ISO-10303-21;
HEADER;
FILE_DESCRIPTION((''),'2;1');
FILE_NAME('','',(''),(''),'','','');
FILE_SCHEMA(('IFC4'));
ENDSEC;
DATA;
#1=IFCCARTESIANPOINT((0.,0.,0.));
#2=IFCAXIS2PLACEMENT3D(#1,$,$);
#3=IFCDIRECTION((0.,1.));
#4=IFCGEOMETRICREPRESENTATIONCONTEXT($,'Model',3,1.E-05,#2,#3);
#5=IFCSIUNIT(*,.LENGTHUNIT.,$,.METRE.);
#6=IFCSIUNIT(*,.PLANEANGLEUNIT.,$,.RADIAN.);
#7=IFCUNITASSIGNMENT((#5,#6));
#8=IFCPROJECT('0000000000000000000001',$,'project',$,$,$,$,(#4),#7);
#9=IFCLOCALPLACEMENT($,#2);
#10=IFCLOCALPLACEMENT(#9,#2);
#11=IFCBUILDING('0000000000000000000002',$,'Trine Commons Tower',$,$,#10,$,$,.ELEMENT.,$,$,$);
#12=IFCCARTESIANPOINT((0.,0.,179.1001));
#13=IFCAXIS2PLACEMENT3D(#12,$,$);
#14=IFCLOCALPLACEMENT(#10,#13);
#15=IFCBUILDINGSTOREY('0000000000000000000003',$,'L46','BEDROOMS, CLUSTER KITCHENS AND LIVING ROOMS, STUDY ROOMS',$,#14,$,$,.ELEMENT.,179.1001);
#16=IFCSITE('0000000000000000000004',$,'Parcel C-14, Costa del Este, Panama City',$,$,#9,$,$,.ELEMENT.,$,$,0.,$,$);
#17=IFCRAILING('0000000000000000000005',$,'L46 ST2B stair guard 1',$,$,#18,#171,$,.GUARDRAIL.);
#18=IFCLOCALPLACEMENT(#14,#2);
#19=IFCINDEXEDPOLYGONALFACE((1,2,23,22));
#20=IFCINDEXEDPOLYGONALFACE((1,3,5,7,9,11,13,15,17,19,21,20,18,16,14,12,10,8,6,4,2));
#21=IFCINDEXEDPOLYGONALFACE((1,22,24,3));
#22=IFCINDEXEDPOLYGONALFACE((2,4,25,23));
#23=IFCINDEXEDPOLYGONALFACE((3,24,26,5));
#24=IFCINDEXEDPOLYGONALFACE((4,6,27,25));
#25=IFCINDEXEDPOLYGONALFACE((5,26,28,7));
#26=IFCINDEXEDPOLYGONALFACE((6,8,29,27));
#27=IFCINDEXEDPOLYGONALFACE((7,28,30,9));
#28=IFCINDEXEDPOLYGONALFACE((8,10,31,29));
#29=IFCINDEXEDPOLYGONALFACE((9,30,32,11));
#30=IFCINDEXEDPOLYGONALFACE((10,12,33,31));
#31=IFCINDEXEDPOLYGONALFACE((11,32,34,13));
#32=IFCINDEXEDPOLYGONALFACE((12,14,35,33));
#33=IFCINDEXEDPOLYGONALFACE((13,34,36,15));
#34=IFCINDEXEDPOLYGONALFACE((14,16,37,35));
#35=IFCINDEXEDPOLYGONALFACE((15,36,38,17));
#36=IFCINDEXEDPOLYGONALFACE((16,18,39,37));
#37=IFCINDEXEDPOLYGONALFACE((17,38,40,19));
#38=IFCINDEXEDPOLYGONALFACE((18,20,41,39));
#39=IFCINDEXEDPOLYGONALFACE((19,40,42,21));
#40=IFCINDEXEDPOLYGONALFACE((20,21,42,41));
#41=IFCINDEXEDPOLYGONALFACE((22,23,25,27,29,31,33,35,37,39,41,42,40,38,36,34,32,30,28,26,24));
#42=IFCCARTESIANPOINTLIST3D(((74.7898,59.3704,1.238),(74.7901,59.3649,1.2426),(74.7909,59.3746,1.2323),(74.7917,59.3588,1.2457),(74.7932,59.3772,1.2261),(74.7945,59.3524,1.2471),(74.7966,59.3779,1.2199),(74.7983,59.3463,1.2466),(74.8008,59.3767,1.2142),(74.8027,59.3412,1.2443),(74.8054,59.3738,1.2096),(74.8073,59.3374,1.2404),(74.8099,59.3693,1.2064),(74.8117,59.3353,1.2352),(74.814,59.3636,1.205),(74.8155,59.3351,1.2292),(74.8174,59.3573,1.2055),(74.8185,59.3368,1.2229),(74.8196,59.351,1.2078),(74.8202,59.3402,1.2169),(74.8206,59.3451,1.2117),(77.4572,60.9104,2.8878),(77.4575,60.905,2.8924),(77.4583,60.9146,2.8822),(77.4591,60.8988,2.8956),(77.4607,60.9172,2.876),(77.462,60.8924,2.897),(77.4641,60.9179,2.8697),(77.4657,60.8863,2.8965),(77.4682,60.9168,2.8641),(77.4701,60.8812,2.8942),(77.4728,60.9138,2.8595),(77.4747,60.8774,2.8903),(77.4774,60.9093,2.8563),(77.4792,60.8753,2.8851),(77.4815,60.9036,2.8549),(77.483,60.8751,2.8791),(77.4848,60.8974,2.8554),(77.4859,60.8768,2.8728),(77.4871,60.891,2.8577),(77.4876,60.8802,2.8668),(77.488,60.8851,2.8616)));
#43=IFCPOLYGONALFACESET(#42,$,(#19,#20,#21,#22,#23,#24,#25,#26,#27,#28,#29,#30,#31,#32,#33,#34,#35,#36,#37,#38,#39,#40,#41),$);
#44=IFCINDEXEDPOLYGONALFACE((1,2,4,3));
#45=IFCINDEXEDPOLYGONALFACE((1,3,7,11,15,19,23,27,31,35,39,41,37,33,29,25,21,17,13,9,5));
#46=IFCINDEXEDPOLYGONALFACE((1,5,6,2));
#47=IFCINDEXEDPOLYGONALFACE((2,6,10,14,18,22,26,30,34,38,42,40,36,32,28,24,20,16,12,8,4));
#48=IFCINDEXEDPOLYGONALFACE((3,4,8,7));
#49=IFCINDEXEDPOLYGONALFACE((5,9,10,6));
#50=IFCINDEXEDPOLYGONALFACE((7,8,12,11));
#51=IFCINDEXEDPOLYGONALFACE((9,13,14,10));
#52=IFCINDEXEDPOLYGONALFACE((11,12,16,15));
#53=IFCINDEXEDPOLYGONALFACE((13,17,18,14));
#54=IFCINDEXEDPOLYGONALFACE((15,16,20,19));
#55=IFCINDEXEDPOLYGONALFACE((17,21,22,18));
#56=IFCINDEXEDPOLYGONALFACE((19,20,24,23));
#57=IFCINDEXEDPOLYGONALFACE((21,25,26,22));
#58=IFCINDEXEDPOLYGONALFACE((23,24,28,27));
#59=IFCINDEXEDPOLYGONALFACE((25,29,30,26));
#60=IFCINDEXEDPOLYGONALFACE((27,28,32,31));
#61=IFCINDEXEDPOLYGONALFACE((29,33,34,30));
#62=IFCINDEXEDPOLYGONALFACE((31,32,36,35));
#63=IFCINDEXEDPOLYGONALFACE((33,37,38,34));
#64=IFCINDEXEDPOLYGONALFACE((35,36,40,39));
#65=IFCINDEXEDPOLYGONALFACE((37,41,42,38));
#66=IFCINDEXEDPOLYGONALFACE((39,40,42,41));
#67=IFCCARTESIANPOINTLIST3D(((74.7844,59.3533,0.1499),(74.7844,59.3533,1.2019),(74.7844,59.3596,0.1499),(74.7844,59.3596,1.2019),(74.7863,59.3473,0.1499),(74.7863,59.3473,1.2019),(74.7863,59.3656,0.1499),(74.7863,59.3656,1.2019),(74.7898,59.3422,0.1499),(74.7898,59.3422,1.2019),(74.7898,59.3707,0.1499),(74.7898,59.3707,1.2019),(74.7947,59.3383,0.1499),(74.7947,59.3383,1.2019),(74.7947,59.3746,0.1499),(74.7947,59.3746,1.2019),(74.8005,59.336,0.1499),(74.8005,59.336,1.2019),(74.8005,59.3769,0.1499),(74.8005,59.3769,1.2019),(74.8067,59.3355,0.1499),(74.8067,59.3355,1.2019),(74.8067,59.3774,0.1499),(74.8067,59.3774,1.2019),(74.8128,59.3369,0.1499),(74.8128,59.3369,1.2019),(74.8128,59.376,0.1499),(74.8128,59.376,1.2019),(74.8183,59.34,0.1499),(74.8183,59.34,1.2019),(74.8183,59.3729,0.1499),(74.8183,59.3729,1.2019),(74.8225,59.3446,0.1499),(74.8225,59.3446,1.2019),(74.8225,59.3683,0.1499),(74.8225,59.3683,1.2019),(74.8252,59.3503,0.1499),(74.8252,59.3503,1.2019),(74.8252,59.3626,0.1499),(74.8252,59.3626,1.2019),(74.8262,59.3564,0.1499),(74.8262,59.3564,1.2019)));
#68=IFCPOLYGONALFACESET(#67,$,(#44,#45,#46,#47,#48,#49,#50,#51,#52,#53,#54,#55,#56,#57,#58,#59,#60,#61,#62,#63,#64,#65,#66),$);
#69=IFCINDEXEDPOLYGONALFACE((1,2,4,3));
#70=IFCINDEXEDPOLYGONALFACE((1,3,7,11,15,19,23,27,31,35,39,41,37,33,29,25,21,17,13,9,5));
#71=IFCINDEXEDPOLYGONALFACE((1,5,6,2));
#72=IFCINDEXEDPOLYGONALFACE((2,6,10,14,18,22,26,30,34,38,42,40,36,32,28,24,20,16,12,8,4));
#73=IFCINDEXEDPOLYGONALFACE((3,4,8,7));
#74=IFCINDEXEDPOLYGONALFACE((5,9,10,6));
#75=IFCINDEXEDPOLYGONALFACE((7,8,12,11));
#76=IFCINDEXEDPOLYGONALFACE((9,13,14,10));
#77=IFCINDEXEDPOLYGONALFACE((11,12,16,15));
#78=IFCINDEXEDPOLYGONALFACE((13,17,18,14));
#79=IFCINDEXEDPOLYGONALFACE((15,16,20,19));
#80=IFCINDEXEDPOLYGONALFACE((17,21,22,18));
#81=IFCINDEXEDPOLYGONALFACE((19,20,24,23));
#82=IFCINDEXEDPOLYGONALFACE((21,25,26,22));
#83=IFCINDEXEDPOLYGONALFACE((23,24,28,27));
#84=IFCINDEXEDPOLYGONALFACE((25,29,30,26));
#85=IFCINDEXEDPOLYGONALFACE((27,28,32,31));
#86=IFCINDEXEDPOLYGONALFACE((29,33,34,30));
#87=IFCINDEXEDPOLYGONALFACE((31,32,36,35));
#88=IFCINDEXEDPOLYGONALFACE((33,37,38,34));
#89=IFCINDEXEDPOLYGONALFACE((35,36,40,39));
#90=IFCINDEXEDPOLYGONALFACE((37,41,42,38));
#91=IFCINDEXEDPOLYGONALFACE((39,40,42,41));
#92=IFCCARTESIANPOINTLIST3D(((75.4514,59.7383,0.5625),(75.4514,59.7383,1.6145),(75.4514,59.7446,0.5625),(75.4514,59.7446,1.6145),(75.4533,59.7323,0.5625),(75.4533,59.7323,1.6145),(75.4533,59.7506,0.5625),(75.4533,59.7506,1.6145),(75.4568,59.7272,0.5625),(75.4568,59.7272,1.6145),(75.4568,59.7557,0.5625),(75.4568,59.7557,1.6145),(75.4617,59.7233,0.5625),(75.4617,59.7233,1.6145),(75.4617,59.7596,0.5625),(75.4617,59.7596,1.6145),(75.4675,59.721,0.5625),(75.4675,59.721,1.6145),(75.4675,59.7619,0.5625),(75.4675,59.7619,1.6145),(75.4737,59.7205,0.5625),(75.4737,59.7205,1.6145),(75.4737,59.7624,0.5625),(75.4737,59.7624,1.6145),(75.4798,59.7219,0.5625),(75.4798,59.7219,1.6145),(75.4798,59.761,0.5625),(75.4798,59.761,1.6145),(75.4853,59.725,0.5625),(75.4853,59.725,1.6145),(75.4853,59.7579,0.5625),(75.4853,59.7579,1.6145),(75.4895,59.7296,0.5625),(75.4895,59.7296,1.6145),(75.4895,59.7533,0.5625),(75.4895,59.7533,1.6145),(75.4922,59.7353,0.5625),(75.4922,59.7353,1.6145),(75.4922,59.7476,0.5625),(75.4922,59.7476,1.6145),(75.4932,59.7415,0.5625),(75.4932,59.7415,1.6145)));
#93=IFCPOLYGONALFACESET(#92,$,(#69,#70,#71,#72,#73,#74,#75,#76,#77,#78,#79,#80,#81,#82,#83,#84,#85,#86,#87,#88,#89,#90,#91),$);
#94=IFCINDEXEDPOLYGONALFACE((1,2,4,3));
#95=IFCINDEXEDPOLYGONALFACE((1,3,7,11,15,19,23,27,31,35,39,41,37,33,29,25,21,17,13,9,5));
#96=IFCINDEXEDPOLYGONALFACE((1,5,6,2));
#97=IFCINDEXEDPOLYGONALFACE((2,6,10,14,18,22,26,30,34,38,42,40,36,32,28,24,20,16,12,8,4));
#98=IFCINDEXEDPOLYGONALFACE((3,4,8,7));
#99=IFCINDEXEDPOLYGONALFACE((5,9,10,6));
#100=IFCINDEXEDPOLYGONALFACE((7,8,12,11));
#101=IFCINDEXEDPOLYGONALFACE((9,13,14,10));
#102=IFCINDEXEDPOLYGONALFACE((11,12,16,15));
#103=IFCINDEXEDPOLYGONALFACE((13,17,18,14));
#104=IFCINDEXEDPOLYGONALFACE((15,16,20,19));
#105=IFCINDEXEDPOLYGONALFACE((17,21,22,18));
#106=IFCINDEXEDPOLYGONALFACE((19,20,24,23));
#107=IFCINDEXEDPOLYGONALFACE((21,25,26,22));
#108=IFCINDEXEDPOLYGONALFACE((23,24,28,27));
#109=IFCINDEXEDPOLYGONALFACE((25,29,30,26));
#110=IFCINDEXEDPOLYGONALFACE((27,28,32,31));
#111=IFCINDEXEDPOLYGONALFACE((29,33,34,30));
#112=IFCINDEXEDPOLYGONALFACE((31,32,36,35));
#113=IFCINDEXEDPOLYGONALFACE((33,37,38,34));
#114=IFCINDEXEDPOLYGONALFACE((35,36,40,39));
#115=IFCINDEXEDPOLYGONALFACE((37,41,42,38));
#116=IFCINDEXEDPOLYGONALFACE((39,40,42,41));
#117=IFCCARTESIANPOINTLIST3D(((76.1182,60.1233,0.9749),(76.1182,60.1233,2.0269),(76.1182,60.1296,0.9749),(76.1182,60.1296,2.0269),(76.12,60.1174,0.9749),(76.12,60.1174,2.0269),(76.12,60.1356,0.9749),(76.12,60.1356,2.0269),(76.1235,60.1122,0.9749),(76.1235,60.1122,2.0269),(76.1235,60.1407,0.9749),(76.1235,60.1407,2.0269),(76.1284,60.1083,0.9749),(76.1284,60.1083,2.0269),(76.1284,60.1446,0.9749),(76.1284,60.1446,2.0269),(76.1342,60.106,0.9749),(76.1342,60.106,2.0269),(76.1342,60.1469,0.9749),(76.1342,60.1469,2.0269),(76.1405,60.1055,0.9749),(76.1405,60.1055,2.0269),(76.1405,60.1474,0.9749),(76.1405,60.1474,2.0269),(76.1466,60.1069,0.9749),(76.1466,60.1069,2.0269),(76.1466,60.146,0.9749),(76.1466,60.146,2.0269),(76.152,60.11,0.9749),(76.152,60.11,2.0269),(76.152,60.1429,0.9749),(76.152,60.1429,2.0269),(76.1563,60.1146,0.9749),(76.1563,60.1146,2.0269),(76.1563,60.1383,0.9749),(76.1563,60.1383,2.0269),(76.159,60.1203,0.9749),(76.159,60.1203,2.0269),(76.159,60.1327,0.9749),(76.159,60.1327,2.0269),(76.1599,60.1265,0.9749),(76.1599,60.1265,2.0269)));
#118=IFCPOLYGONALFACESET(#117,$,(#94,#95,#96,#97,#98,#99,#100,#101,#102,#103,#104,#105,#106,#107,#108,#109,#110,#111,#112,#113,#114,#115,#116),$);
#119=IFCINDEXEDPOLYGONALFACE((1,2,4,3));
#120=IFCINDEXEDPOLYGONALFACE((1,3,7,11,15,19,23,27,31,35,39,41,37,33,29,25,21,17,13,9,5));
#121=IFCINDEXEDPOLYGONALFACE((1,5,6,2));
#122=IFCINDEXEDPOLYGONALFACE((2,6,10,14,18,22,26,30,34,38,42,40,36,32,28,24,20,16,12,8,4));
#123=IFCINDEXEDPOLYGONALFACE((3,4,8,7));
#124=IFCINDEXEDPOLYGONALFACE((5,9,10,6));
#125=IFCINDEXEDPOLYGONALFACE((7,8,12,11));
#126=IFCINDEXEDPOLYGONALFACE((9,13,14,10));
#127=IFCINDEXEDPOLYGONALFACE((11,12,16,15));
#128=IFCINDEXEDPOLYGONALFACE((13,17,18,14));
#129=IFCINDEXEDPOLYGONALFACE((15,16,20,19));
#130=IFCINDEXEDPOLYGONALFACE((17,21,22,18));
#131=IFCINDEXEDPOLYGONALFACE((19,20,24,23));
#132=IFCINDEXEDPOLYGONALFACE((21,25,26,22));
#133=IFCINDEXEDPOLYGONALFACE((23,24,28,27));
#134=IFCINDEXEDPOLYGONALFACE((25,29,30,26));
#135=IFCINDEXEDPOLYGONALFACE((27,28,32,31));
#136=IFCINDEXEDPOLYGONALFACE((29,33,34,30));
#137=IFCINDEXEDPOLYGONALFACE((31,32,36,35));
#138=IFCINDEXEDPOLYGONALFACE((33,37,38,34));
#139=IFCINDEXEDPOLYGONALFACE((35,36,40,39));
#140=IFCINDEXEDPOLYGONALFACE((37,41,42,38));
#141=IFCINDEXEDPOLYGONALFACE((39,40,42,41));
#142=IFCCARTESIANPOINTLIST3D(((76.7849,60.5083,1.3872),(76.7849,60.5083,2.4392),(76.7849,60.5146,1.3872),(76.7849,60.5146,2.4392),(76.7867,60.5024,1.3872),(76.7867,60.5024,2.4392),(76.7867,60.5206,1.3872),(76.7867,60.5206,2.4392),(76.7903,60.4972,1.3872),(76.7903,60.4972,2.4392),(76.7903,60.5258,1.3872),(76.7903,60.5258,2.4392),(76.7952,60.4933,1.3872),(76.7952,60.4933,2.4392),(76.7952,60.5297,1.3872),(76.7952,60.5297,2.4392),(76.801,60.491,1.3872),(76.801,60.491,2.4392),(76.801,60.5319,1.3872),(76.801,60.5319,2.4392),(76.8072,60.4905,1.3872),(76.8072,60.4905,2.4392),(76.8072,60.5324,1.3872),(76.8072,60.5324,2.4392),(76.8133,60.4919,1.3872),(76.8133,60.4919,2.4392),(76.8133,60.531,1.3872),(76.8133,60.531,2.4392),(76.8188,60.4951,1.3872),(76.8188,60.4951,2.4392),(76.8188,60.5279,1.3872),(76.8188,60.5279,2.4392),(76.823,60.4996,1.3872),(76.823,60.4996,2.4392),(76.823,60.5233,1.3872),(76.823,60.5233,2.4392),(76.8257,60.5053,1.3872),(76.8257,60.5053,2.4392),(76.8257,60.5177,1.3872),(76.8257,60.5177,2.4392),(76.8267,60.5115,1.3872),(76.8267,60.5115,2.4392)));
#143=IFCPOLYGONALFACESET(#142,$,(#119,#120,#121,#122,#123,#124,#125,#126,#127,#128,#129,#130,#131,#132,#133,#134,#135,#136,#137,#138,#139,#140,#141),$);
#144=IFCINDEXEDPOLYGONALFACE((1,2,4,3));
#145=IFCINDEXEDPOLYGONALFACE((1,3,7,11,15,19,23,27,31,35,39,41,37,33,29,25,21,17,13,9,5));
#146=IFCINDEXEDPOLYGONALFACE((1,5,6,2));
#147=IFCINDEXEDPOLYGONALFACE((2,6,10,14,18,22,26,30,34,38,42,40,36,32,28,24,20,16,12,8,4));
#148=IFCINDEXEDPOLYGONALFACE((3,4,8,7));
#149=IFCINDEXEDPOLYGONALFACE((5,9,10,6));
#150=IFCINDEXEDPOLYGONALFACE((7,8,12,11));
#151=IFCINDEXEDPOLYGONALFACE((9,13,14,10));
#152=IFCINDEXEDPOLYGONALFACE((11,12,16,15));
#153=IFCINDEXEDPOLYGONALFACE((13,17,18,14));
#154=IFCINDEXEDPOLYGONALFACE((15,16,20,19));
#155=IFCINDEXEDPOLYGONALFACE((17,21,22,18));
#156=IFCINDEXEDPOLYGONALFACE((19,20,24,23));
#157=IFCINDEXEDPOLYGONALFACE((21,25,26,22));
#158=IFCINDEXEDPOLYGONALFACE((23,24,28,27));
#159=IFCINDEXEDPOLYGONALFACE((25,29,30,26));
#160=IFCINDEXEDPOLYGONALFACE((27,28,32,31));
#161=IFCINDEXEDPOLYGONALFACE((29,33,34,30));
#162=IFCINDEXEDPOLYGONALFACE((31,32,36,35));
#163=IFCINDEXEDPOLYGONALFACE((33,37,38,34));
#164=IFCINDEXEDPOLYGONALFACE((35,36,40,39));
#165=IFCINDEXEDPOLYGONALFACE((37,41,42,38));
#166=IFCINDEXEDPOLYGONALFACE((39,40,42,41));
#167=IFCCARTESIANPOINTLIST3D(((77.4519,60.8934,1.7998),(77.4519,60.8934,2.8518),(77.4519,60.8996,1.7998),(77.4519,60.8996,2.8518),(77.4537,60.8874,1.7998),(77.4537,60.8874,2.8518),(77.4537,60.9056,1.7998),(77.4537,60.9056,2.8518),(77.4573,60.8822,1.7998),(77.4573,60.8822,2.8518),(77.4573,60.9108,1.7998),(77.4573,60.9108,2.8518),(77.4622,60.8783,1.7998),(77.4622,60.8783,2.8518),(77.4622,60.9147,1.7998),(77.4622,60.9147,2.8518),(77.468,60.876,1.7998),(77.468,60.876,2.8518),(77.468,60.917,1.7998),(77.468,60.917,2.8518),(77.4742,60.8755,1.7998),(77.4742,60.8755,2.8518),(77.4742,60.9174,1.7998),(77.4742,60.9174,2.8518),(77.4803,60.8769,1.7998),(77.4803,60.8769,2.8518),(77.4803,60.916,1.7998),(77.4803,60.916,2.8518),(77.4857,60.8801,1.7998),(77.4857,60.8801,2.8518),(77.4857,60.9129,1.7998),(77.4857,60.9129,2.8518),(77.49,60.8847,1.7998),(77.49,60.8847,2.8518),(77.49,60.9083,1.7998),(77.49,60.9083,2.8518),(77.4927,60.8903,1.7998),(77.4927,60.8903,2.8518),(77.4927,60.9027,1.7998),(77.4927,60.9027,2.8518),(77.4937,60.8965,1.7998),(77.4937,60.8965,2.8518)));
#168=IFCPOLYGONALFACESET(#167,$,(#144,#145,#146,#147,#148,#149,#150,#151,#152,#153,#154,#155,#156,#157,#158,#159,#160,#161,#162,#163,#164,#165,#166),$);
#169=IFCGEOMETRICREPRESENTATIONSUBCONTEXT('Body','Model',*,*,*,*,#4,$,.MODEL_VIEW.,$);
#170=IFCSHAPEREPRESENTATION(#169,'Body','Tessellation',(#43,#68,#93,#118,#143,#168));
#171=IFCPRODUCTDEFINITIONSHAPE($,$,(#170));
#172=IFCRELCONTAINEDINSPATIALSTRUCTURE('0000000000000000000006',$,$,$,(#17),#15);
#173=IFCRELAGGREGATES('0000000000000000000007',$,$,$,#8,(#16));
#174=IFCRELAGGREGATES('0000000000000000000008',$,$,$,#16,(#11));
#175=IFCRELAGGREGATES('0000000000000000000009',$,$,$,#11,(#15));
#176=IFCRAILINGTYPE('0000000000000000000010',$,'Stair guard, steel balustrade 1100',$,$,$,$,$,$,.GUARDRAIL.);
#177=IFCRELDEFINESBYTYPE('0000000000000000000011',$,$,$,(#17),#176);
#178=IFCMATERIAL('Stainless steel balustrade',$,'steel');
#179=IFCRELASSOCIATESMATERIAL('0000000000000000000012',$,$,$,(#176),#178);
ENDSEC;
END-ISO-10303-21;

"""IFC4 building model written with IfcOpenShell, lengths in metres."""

from ifc_helpers import new_model, si_unit, direction, frame, origin, origin_2d, place, context, subcontext, project, spatial, circle, extrude, material, type_object, element, save


model = new_model("IFC4")

# Units and contexts
model_context = context("Model", 3, precision=1e-05, world=origin(), true_north=direction((0.0, 1.0)))
body_context = subcontext(model_context, "Body", "Model", "MODEL_VIEW")
ifc_project = project(units=[si_unit("LENGTHUNIT", "METRE"), si_unit("PLANEANGLEUNIT", "RADIAN")], contexts=[model_context])

# Site, building, storey
site_placement = place(None, origin())
site = spatial("IfcSite", under=ifc_project, at=site_placement, Name="Parcel C-14, Costa del Este, Panama City", CompositionType="ELEMENT", RefElevation=0.0)
building_placement = place(site_placement, origin())
building = spatial("IfcBuilding", under=site, at=building_placement, Name="Trine Commons Tower", CompositionType="ELEMENT")
storey_placement = place(building_placement, frame((0.0, 0.0, 179.1001)))
storey = spatial("IfcBuildingStorey", under=building, at=storey_placement, Name="L46", Description="BEDROOMS, CLUSTER KITCHENS AND LIVING ROOMS, STUDY ROOMS", CompositionType="ELEMENT", Elevation=179.1001)

# Railing
ifc_material_1 = material(Name="Stainless steel balustrade", Category="steel")
railing_type_1 = type_object("IfcRailingType", Name="Stair guard, steel balustrade 1100", PredefinedType="GUARDRAIL", material=ifc_material_1)
railing_1_placement = place(storey_placement, frame((74.8052, 59.3564, 0.1499)))
element("IfcRailing", 1, at=railing_1_placement, inside=storey, type_object=railing_type_1, Name="L46 ST2B stair guard 1", PredefinedType="GUARDRAIL", context=body_context, shape_type="SweptSolid", body=[
    extrude(circle(Radius=0.0239, at=origin_2d()), frame((0.0, 0.0, 1.0762), z_axis=(0.763405, 0.440743, 0.472185), x_axis=(-0.499992, 0.86603, 0.0)), (0.0, 0.0, 1.0), 3.4941),
    extrude(circle(Radius=0.021, at=origin_2d()), origin(), (0.0, 0.0, 1.0), 1.052),
    extrude(circle(Radius=0.021, at=origin_2d()), frame((0.667, 0.385, 0.4126)), (0.0, 0.0, 1.0), 1.052),
    extrude(circle(Radius=0.021, at=origin_2d()), frame((1.3337, 0.77, 0.825)), (0.0, 0.0, 1.0), 1.052),
    extrude(circle(Radius=0.021, at=origin_2d()), frame((2.0005, 1.155, 1.2373)), (0.0, 0.0, 1.0), 1.052),
    extrude(circle(Radius=0.021, at=origin_2d()), frame((2.6675, 1.54, 1.6499)), (0.0, 0.0, 1.0), 1.052),
])

save(model, "model.ifc")
